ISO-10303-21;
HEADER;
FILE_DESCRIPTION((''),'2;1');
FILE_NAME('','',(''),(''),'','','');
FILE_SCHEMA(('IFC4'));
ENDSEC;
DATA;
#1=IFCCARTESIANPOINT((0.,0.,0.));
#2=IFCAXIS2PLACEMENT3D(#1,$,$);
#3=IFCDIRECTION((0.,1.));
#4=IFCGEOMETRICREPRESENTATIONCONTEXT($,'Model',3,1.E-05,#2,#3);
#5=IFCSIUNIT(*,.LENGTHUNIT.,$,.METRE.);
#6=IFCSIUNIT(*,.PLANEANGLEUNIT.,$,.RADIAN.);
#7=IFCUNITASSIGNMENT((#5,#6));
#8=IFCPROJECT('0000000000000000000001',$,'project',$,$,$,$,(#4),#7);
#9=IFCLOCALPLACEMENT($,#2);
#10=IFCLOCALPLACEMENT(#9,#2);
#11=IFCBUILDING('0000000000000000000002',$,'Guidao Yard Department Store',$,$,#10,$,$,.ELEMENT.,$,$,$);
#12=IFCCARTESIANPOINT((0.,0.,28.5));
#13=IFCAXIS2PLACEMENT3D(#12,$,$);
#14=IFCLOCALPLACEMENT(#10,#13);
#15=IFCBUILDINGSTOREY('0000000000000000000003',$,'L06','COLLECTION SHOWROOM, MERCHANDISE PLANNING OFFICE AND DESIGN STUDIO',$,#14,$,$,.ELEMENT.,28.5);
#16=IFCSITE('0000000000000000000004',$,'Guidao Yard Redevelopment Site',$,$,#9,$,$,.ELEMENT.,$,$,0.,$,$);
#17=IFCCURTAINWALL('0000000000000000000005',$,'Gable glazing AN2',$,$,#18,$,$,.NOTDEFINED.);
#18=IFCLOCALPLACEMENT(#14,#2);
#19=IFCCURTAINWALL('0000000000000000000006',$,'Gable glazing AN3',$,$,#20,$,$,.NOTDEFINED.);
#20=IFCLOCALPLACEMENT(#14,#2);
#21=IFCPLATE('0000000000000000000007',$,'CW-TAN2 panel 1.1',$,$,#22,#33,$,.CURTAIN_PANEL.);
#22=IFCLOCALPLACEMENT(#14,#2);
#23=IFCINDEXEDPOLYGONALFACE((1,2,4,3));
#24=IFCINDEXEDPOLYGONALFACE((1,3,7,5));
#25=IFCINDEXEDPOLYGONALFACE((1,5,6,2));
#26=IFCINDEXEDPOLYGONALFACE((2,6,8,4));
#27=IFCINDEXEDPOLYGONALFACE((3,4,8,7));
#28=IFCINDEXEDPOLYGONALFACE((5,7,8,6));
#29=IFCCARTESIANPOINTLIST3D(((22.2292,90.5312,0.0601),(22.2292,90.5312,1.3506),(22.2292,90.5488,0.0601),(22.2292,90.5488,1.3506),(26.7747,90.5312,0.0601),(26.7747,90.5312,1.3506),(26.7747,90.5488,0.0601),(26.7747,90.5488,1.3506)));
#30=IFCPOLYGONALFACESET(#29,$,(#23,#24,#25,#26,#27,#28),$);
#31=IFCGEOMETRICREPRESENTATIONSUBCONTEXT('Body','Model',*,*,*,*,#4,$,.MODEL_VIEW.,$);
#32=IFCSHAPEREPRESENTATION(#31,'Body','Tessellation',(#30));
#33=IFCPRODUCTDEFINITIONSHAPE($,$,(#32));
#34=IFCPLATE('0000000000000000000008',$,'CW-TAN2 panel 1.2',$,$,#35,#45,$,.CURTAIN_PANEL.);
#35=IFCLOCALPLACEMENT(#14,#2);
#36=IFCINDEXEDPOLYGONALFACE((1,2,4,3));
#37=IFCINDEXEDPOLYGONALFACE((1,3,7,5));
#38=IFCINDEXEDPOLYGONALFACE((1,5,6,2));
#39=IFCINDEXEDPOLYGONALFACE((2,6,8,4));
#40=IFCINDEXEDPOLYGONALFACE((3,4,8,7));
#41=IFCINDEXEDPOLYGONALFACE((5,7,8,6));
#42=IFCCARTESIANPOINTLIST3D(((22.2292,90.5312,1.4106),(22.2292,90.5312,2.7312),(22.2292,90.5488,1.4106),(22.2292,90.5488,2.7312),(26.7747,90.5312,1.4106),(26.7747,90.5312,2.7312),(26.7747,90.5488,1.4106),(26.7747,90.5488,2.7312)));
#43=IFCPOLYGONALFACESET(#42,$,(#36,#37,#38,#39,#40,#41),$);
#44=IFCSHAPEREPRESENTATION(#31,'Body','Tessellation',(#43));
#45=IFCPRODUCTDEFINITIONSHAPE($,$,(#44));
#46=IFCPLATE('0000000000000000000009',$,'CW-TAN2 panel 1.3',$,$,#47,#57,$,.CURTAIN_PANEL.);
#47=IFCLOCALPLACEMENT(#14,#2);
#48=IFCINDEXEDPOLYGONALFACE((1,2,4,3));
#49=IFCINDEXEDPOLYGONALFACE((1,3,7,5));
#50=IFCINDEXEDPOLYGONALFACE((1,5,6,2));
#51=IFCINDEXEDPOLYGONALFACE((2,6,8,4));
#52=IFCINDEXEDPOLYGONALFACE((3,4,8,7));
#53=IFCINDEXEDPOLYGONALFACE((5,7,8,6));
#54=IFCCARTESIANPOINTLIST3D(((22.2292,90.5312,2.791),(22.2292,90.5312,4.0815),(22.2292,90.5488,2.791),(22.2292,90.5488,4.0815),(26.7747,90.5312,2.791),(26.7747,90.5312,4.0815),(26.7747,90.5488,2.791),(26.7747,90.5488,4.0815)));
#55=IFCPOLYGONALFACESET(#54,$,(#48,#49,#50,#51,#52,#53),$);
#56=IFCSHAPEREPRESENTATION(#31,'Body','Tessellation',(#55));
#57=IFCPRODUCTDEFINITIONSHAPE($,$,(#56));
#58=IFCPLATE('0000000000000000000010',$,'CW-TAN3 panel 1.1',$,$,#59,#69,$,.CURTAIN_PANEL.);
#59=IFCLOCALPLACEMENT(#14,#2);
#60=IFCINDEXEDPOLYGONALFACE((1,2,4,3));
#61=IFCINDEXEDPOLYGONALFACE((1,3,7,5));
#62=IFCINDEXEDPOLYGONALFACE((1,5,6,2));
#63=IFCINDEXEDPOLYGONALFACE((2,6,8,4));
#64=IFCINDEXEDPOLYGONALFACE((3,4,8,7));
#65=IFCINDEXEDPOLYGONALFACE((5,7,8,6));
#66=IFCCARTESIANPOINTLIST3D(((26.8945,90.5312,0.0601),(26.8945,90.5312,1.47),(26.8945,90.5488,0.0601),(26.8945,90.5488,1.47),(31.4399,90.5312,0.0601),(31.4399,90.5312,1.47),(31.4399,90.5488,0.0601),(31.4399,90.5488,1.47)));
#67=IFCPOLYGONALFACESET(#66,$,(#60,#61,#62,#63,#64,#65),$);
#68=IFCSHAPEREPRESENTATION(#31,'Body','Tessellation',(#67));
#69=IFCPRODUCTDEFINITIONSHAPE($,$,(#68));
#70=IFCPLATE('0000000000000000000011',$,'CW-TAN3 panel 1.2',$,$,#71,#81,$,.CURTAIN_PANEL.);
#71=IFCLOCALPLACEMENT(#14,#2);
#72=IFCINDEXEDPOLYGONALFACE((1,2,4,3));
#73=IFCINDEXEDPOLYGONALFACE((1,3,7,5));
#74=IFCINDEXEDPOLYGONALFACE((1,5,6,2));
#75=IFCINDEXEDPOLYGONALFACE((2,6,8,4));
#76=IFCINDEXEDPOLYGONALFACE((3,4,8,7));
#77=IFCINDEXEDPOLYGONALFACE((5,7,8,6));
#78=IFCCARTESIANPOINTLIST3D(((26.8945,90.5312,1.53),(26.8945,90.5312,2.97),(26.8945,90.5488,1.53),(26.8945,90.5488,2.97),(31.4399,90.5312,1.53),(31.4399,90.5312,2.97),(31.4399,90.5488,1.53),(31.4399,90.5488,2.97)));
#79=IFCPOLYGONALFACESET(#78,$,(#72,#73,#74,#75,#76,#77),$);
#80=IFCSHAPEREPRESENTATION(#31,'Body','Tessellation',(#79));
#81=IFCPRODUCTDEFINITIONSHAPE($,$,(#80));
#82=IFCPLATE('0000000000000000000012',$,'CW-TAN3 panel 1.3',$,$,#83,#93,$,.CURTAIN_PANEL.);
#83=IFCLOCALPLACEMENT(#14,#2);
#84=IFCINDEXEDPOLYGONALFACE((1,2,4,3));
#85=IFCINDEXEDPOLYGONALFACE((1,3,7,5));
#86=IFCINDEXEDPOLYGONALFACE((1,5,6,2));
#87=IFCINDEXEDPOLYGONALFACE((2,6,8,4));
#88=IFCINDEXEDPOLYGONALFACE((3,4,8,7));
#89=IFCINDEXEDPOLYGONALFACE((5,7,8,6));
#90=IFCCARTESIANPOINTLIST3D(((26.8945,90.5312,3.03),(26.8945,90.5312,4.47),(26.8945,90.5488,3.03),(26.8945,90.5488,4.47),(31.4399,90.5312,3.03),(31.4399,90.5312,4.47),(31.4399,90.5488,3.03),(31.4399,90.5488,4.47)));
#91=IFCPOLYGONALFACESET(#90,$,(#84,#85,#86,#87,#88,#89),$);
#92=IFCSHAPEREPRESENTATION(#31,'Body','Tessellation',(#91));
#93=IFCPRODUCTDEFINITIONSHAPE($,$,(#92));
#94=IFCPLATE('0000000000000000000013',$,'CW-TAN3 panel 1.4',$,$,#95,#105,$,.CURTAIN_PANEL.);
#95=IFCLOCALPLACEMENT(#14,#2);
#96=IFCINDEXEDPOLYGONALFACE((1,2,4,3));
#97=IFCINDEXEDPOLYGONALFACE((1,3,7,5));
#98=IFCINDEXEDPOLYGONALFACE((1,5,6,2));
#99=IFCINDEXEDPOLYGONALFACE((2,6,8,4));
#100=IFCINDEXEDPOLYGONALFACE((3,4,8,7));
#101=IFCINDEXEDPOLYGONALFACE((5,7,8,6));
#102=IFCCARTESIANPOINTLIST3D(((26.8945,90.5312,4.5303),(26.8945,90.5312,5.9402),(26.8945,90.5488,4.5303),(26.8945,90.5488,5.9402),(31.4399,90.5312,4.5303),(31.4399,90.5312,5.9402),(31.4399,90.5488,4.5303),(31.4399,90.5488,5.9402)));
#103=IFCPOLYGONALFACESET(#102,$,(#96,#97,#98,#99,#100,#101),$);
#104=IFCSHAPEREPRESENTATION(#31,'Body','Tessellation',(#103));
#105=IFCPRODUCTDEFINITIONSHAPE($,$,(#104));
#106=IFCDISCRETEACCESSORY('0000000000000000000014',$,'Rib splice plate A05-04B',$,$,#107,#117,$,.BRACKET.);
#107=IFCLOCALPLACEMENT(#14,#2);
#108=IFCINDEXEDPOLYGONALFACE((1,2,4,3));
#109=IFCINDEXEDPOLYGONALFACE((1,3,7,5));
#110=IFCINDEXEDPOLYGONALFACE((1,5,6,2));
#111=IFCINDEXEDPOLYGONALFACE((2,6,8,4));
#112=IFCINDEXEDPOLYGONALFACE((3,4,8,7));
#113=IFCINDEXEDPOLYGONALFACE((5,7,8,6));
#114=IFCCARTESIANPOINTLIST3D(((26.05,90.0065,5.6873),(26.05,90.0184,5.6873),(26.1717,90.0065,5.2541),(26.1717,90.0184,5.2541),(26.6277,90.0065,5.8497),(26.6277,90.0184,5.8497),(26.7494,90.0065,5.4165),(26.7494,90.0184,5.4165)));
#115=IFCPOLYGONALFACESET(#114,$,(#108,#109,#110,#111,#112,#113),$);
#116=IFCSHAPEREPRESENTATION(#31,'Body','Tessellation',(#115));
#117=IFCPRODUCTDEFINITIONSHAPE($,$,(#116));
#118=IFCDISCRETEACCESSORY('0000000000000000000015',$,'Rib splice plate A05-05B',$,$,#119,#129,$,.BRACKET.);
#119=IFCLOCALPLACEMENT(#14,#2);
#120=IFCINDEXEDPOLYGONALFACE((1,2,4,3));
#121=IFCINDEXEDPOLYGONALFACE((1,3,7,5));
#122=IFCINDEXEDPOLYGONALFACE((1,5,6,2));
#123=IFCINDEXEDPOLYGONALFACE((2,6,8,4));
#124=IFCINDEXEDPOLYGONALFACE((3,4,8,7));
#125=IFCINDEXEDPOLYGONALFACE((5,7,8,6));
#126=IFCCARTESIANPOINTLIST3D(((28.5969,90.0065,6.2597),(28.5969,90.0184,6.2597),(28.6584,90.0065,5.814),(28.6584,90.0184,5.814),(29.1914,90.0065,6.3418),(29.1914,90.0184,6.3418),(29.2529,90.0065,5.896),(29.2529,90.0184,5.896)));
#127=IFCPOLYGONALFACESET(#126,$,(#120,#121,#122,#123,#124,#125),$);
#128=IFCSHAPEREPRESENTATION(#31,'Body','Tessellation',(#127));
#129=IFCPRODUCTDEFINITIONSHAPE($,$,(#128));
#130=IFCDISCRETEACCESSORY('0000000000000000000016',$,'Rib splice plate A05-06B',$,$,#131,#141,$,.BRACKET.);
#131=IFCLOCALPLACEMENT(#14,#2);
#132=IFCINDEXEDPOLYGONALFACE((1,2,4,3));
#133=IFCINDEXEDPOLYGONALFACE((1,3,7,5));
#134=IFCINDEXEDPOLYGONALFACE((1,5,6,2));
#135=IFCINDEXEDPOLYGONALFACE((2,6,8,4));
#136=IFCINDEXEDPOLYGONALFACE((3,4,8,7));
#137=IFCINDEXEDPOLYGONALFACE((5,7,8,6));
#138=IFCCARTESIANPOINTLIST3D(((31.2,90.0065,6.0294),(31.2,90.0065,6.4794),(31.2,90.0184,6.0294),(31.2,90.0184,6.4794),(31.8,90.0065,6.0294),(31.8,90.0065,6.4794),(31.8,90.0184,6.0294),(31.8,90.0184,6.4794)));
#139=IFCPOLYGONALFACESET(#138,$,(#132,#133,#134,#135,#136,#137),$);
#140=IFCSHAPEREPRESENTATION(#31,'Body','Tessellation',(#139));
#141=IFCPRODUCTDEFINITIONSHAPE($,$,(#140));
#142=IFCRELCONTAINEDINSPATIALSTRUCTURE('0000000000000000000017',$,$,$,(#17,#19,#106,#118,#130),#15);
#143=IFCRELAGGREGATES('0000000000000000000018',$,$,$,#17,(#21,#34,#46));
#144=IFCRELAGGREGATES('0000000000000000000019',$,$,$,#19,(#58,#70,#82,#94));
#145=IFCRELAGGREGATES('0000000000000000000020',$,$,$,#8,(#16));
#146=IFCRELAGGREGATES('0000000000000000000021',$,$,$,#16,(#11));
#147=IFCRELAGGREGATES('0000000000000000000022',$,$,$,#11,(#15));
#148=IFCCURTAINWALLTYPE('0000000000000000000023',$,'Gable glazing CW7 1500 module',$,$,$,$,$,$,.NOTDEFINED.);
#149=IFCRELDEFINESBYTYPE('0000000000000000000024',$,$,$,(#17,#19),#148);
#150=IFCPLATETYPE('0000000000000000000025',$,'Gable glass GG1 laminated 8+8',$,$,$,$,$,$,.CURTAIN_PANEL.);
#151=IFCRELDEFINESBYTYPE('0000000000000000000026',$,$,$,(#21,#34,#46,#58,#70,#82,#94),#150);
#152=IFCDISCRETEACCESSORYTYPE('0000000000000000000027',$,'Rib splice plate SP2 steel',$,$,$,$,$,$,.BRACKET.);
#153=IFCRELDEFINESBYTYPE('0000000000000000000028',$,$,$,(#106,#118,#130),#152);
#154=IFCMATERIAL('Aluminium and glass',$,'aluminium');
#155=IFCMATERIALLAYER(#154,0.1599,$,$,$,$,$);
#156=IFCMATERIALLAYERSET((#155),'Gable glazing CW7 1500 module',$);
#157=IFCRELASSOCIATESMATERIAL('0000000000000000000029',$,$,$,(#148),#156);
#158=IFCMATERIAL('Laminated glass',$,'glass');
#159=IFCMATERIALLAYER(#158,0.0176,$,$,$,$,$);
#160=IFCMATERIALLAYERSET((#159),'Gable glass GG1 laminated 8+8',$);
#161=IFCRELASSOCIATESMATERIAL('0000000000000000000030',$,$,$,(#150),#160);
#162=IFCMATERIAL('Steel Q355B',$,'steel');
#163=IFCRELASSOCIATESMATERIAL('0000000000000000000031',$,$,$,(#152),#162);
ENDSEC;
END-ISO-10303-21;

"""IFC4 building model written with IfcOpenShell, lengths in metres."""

from ifc_helpers import new_model, si_unit, direction, frame, origin, origin_2d, place, context, subcontext, project, spatial, rectangle, extrude, material, layer, layer_set, material_profile, profile_set, type_object, element, aggregate, save


model = new_model("IFC4")

# Units and contexts
model_context = context("Model", 3, precision=1e-05, world=origin(), true_north=direction((0.0, 1.0)))
body_context = subcontext(model_context, "Body", "Model", "MODEL_VIEW")
ifc_project = project(units=[si_unit("LENGTHUNIT", "METRE"), si_unit("PLANEANGLEUNIT", "RADIAN")], contexts=[model_context])

# Site, building, storey
site_placement = place(None, origin())
site = spatial("IfcSite", under=ifc_project, at=site_placement, Name="Guidao Yard Redevelopment Site", CompositionType="ELEMENT", RefElevation=0.0)
building_placement = place(site_placement, origin())
building = spatial("IfcBuilding", under=site, at=building_placement, Name="Guidao Yard Department Store", CompositionType="ELEMENT")
storey_placement = place(building_placement, frame((0.0, 0.0, 28.5)))
storey = spatial("IfcBuildingStorey", under=building, at=storey_placement, Name="L06", Description="COLLECTION SHOWROOM, MERCHANDISE PLANNING OFFICE AND DESIGN STUDIO", CompositionType="ELEMENT", Elevation=28.5)

# Curtain wall
ifc_material_1 = material(Name="Aluminium and glass", Category="aluminium")
ifc_layer_1 = layer(ifc_material_1, 0.1599)
ifc_layer_set_1 = layer_set([ifc_layer_1], Name="Gable glazing CW7 1500 module")
curtain_wall_type = type_object("IfcCurtainWallType", Name="Gable glazing CW7 1500 module", PredefinedType="NOTDEFINED", material=ifc_layer_set_1)
curtain_wall_1_placement = place(storey_placement, origin())
curtain_wall_1 = element("IfcCurtainWall", 1, at=curtain_wall_1_placement, inside=storey, type_object=curtain_wall_type, Name="Gable glazing AN2", PredefinedType="NOTDEFINED")

# Curtain wall
curtain_wall_2_placement = place(storey_placement, origin())
curtain_wall_2 = element("IfcCurtainWall", 2, at=curtain_wall_2_placement, inside=storey, type_object=curtain_wall_type, Name="Gable glazing AN3", PredefinedType="NOTDEFINED")

# Plates
ifc_material_2 = material(Name="Laminated glass", Category="glass")
ifc_layer_2 = layer(ifc_material_2, 0.0176)
ifc_layer_set_2 = layer_set([ifc_layer_2], Name="Gable glass GG1 laminated 8+8")
plate_type = type_object("IfcPlateType", Name="Gable glass GG1 laminated 8+8", PredefinedType="CURTAIN_PANEL", material=ifc_layer_set_2)
plate_1_placement = place(storey_placement, frame((24.502, 90.54, 0.0601), z_axis=(0.0, 0.0, 1.0), x_axis=(1.0, 0.0, 0.0)))
plate_1 = element("IfcPlate", 3, at=plate_1_placement, type_object=plate_type, Name="CW-TAN2 panel 1.1", PredefinedType="CURTAIN_PANEL", context=body_context, shape_type="SweptSolid", body=[
    extrude(rectangle(XDim=4.5454, YDim=0.0176, at=origin_2d()), origin(), (0.0, 0.0, 1.0), 1.2905),
])
plate_2_placement = place(storey_placement, frame((24.502, 90.54, 1.4106), z_axis=(0.0, 0.0, 1.0), x_axis=(1.0, 0.0, 0.0)))
plate_2 = element("IfcPlate", 4, at=plate_2_placement, type_object=plate_type, Name="CW-TAN2 panel 1.2", PredefinedType="CURTAIN_PANEL", context=body_context, shape_type="SweptSolid", body=[
    extrude(rectangle(XDim=4.5454, YDim=0.0176, at=origin_2d()), origin(), (0.0, 0.0, 1.0), 1.3206),
])
plate_3_placement = place(storey_placement, frame((24.502, 90.54, 2.791), z_axis=(0.0, 0.0, 1.0), x_axis=(1.0, 0.0, 0.0)))
plate_3 = element("IfcPlate", 5, at=plate_3_placement, type_object=plate_type, Name="CW-TAN2 panel 1.3", PredefinedType="CURTAIN_PANEL", context=body_context, shape_type="SweptSolid", body=[
    extrude(rectangle(XDim=4.5454, YDim=0.0176, at=origin_2d()), origin(), (0.0, 0.0, 1.0), 1.2905),
])
aggregate(curtain_wall_1, [plate_1, plate_2, plate_3])
plate_4_placement = place(storey_placement, frame((29.1672, 90.54, 0.0601), z_axis=(0.0, 0.0, 1.0), x_axis=(1.0, 0.0, 0.0)))
plate_4 = element("IfcPlate", 6, at=plate_4_placement, type_object=plate_type, Name="CW-TAN3 panel 1.1", PredefinedType="CURTAIN_PANEL", context=body_context, shape_type="SweptSolid", body=[
    extrude(rectangle(XDim=4.5454, YDim=0.0176, at=origin_2d()), origin(), (0.0, 0.0, 1.0), 1.4099),
])
plate_5_placement = place(storey_placement, frame((29.1672, 90.54, 1.53), z_axis=(0.0, 0.0, 1.0), x_axis=(1.0, 0.0, 0.0)))
plate_5 = element("IfcPlate", 7, at=plate_5_placement, type_object=plate_type, Name="CW-TAN3 panel 1.2", PredefinedType="CURTAIN_PANEL", context=body_context, shape_type="SweptSolid", body=[
    extrude(rectangle(XDim=4.5454, YDim=0.0176, at=origin_2d()), origin(), (0.0, 0.0, 1.0), 1.4399),
])
plate_6_placement = place(storey_placement, frame((29.1672, 90.54, 3.03), z_axis=(0.0, 0.0, 1.0), x_axis=(1.0, 0.0, 0.0)))
plate_6 = element("IfcPlate", 8, at=plate_6_placement, type_object=plate_type, Name="CW-TAN3 panel 1.3", PredefinedType="CURTAIN_PANEL", context=body_context, shape_type="SweptSolid", body=[
    extrude(rectangle(XDim=4.5454, YDim=0.0176, at=origin_2d()), origin(), (0.0, 0.0, 1.0), 1.4399),
])
plate_7_placement = place(storey_placement, frame((29.1672, 90.54, 4.5303), z_axis=(0.0, 0.0, 1.0), x_axis=(1.0, 0.0, 0.0)))
plate_7 = element("IfcPlate", 9, at=plate_7_placement, type_object=plate_type, Name="CW-TAN3 panel 1.4", PredefinedType="CURTAIN_PANEL", context=body_context, shape_type="SweptSolid", body=[
    extrude(rectangle(XDim=4.5454, YDim=0.0176, at=origin_2d()), origin(), (0.0, 0.0, 1.0), 1.4099),
])
aggregate(curtain_wall_2, [plate_4, plate_5, plate_6, plate_7])

# Discrete accessories
ifc_material_3 = material(Name="Steel Q355B", Category="steel")
ifc_material_profile_1 = material_profile(ifc_material_3, rectangle(XDim=0.012, YDim=0.45, at=origin_2d()), Name="Splice plate 450x12")
ifc_profile_set_1 = profile_set([ifc_material_profile_1], Name="Steel Q355B")
discrete_accessory_type = type_object("IfcDiscreteAccessoryType", Name="Rib splice plate SP2 steel", PredefinedType="BRACKET", material=ifc_profile_set_1)
for number, where, z_axis, x_axis, name in (
    (10, (26.1108, 90.0125, 5.4707), (0.962697, 0.0, 0.270581), (0.0, 1.0, 0.0), "Rib splice plate A05-04B"),
    (11, (28.6277, 90.0125, 6.0369), (0.990614, 0.0, 0.136692), (0.0, 1.0, 0.0), "Rib splice plate A05-05B"),
    (12, (31.2, 90.0125, 6.2544), (1.0, 0.0, 0.0), (0.0, 1.0, 0.0), "Rib splice plate A05-06B"),
):
    element("IfcDiscreteAccessory", number, at=place(storey_placement, frame(where, z_axis=z_axis, x_axis=x_axis)), inside=storey, type_object=discrete_accessory_type, Name=name, PredefinedType="BRACKET", context=body_context, shape_type="SweptSolid", body=[
        extrude(rectangle(XDim=0.012, YDim=0.45, at=origin_2d()), origin(), (0.0, 0.0, 1.0), 0.6001),
    ])

save(model, "model.ifc")
